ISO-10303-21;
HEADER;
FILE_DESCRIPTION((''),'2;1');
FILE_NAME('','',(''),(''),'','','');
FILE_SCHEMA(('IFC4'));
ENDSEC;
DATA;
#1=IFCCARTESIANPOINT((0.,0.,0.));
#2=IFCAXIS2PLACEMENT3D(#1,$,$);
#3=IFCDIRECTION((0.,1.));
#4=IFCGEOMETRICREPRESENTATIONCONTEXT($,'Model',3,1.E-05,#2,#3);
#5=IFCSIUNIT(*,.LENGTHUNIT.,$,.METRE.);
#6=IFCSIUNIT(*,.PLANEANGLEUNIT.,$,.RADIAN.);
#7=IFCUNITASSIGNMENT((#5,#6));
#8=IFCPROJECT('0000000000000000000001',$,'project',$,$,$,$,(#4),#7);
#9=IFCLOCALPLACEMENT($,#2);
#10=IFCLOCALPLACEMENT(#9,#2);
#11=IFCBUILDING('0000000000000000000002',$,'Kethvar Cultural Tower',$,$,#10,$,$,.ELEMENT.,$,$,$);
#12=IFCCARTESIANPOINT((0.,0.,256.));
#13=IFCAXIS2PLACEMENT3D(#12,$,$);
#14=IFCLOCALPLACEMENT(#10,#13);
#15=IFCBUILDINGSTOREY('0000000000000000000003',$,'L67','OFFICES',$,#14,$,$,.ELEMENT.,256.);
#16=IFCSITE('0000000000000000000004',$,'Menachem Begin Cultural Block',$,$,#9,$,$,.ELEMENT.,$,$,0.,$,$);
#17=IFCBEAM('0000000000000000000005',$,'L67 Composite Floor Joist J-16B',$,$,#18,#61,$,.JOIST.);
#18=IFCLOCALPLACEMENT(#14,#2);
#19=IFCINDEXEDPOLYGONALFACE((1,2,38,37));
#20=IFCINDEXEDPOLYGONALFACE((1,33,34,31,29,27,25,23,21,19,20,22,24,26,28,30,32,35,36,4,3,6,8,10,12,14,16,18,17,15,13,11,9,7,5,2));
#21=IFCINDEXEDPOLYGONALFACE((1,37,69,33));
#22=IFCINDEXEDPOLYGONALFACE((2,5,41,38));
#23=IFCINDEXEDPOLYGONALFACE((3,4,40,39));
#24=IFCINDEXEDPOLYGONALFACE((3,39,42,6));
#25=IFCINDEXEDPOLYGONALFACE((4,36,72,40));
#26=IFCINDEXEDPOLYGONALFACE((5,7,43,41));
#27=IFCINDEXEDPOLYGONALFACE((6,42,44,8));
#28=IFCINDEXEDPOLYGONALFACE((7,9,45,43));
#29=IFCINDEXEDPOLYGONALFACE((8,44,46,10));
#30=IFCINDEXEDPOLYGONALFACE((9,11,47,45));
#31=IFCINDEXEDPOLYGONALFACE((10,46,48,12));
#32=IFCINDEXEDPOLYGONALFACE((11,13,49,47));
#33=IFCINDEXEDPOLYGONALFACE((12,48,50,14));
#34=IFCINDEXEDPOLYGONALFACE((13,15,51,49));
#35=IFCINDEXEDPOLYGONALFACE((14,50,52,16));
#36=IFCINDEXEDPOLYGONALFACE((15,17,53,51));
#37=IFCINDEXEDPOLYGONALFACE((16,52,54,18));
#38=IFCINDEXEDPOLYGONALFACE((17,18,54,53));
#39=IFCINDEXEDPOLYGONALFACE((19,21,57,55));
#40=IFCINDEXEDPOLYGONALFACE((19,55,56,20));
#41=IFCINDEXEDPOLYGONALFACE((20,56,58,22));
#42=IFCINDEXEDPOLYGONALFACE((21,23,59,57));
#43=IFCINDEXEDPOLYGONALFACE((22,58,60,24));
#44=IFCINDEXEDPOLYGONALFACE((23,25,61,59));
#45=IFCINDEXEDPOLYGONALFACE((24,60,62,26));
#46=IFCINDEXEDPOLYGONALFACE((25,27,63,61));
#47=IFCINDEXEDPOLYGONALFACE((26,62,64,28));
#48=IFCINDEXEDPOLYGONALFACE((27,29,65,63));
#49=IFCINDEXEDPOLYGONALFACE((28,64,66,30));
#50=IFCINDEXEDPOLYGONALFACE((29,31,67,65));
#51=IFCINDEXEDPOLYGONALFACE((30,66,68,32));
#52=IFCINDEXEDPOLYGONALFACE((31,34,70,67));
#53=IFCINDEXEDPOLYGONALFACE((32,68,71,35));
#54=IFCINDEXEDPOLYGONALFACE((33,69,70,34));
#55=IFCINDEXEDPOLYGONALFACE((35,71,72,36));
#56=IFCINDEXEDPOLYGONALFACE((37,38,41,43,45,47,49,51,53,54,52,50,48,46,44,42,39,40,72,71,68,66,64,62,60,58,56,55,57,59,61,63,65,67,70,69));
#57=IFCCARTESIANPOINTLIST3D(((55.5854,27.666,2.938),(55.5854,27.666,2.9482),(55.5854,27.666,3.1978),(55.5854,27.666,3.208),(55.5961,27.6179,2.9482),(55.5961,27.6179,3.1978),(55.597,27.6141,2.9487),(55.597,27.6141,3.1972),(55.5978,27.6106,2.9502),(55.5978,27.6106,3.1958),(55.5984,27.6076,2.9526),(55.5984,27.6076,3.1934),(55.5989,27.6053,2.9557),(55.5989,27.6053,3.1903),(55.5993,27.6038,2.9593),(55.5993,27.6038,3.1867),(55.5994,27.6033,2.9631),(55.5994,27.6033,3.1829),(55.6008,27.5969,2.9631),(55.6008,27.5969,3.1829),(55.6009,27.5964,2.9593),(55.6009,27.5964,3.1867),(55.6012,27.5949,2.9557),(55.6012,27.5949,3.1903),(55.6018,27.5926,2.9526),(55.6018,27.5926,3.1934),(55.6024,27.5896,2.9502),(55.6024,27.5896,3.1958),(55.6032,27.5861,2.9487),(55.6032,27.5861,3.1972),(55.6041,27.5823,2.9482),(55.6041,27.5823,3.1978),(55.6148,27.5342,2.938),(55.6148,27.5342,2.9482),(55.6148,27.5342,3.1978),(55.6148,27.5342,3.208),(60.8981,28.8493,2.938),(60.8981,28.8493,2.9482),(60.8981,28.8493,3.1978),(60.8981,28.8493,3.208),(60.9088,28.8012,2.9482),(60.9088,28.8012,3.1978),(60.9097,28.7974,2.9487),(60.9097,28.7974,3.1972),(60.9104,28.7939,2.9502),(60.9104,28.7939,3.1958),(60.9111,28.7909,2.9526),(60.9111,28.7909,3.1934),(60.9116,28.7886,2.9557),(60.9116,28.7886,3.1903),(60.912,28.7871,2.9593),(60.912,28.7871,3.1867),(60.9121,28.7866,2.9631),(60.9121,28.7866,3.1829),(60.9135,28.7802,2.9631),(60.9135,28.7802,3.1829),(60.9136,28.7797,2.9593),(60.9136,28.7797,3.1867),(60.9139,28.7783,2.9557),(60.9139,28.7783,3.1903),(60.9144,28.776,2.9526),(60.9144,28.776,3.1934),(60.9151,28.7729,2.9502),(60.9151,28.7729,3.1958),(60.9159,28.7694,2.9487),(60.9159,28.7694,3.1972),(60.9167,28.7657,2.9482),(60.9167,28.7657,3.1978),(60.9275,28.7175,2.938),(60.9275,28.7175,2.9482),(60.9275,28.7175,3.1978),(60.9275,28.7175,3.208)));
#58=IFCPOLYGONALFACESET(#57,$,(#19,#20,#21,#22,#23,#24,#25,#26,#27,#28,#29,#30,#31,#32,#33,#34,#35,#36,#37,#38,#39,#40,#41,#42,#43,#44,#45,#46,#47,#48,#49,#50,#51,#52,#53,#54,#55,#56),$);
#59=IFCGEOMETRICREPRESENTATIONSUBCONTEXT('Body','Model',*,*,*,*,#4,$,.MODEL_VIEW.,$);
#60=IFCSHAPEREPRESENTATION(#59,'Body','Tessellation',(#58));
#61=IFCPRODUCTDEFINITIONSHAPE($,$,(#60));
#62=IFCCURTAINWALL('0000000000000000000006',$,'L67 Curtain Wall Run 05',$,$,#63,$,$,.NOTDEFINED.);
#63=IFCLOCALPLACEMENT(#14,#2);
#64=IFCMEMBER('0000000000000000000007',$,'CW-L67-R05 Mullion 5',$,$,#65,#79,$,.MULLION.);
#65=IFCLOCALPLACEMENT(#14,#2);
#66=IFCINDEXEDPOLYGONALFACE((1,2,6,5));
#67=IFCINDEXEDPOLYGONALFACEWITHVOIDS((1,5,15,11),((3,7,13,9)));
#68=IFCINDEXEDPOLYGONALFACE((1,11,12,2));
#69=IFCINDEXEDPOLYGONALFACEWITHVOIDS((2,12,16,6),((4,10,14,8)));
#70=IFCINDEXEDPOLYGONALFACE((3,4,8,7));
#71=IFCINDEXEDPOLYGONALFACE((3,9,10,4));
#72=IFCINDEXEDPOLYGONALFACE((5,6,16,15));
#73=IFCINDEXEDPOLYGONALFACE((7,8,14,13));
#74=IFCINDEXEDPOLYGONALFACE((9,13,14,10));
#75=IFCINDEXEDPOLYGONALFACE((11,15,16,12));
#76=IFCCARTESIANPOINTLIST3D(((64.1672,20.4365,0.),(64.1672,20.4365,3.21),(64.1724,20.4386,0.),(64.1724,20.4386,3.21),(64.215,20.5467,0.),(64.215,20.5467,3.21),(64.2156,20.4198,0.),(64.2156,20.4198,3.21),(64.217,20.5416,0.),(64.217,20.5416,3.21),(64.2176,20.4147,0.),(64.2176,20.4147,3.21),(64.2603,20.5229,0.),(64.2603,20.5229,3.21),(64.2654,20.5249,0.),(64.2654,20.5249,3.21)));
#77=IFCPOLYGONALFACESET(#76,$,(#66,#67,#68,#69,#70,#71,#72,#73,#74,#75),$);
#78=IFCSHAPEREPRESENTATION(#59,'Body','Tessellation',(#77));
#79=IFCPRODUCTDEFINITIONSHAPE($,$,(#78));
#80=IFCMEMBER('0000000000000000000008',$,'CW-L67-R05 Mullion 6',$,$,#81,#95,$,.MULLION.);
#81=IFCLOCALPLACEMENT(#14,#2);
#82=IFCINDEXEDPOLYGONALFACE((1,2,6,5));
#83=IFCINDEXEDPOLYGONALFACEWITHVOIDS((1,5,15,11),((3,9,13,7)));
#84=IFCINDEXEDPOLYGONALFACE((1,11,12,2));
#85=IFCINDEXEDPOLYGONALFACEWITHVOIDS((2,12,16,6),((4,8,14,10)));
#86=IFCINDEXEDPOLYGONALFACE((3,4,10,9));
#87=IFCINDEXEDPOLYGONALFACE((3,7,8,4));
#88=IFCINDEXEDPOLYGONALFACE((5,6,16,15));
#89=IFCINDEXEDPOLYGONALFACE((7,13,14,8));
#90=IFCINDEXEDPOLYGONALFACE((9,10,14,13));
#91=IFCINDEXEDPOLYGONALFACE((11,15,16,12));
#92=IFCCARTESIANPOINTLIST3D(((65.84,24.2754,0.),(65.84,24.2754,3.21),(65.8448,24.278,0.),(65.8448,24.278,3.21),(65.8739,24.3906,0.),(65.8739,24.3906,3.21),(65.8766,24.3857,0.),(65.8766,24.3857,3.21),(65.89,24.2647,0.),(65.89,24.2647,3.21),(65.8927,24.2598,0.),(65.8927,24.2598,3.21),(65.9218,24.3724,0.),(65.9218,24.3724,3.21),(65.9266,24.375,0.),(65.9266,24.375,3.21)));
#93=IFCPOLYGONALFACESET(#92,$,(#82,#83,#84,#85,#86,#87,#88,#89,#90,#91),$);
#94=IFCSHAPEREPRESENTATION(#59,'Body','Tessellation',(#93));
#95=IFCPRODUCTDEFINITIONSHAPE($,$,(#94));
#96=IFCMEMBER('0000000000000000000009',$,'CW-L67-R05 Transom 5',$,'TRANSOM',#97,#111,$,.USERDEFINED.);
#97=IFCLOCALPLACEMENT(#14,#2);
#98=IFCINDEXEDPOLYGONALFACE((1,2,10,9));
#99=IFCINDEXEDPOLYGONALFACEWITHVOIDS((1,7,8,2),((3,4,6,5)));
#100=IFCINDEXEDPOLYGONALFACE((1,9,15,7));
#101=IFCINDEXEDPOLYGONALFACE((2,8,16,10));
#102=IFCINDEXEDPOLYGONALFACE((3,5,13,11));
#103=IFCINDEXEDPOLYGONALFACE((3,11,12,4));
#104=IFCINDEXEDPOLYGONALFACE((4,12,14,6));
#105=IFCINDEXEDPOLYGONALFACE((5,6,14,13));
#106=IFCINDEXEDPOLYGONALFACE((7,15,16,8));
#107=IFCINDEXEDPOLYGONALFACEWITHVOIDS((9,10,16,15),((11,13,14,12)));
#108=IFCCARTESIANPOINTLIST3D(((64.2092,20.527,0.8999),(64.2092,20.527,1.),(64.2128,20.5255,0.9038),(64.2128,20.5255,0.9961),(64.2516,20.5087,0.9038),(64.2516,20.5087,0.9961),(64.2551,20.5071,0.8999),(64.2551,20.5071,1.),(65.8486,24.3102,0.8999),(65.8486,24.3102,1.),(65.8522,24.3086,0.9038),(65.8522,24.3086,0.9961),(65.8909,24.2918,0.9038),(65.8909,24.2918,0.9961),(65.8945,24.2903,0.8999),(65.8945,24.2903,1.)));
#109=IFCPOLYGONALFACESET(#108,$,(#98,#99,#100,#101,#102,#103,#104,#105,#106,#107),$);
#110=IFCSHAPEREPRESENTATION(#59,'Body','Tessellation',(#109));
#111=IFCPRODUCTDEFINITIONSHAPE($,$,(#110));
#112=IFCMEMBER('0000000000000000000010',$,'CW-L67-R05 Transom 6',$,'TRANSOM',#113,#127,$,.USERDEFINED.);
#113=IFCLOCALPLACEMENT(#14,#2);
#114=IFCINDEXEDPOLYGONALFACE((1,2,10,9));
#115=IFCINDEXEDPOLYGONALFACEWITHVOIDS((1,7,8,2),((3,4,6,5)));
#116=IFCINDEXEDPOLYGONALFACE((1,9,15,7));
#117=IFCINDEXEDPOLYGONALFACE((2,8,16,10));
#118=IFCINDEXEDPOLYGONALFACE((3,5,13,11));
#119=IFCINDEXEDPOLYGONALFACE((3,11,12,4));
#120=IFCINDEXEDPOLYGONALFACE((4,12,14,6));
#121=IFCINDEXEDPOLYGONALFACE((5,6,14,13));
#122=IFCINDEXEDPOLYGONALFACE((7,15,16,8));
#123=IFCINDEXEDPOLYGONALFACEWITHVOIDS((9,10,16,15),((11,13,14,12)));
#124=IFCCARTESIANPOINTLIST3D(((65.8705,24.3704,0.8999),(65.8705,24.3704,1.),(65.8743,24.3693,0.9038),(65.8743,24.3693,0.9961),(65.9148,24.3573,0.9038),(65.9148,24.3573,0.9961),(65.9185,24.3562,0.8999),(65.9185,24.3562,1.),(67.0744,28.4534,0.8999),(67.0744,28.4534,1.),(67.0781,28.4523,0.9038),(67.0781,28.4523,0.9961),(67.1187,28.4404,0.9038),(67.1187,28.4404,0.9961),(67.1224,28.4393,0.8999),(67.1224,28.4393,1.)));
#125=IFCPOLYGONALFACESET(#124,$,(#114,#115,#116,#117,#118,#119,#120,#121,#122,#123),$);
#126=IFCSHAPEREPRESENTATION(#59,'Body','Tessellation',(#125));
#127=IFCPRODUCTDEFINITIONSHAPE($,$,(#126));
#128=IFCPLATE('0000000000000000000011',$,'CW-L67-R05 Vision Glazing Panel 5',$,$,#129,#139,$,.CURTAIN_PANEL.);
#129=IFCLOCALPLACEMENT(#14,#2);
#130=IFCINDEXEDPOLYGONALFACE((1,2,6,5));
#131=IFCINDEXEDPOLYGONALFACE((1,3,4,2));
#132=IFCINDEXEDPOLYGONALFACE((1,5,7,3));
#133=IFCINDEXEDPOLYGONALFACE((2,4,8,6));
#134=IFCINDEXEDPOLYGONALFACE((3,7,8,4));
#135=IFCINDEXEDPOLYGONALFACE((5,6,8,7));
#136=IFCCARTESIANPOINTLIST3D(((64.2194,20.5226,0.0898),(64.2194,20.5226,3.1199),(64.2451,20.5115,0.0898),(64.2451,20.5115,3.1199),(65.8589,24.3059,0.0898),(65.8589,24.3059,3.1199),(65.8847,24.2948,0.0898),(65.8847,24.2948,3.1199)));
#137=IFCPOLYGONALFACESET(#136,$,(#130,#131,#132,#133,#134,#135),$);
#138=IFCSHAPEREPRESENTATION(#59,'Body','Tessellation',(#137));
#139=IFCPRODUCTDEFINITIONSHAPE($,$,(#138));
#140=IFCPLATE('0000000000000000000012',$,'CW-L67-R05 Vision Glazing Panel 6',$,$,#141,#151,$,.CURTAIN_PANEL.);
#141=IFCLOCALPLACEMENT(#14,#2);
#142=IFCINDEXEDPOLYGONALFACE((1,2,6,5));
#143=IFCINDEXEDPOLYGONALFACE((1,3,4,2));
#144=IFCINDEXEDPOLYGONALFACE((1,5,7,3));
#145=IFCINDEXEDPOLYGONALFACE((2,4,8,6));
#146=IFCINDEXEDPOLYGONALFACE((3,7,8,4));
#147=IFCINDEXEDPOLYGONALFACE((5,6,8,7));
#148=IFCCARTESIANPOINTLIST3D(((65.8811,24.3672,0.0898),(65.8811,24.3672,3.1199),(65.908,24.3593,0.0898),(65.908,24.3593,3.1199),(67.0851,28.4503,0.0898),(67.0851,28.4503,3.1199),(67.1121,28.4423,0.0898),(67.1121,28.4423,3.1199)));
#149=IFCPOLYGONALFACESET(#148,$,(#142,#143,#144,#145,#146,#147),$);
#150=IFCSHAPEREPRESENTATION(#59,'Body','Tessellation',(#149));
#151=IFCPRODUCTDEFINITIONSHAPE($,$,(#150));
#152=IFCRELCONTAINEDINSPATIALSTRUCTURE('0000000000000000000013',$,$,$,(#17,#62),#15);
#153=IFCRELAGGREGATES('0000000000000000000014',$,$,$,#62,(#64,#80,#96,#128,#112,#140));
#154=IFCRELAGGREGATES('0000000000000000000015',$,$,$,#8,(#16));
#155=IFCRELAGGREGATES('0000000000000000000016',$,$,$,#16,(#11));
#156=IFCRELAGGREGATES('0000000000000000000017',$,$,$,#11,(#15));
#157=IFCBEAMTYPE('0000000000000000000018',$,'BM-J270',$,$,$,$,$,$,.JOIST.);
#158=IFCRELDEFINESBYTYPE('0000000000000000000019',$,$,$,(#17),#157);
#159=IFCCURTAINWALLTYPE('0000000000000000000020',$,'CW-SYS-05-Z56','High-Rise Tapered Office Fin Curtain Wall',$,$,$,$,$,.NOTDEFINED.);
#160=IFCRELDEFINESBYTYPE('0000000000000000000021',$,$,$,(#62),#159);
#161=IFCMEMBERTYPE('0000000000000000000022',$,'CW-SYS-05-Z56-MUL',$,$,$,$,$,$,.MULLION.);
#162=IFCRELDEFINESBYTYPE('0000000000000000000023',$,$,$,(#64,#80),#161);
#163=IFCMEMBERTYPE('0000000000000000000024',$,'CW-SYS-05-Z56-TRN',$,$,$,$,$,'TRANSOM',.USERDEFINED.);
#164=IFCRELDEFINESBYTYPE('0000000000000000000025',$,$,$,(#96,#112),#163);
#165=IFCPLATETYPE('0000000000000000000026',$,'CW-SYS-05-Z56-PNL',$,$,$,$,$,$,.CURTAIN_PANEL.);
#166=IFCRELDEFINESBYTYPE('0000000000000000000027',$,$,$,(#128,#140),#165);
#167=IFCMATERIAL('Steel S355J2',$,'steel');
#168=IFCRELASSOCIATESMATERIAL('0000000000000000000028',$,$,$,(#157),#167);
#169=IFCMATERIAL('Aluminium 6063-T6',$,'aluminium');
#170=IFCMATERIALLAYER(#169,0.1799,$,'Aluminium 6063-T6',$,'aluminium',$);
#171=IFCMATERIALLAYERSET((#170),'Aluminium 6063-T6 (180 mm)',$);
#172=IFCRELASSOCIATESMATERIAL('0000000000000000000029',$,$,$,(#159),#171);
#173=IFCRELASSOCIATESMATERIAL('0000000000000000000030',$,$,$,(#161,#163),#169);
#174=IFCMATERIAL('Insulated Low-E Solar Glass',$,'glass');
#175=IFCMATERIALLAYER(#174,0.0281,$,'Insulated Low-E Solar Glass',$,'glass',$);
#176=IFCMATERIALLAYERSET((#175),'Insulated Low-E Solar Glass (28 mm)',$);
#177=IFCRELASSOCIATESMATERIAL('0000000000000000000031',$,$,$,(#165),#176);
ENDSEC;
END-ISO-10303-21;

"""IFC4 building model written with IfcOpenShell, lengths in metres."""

from ifc_helpers import new_model, si_unit, direction, frame, origin, origin_2d, place, context, subcontext, project, spatial, rectangle, hollow_rectangle, i_section, extrude, source, transform, mapped, material, layer, layer_set, material_profile, profile_set, type_object, element, aggregate, save


model = new_model("IFC4")

# Units and contexts
model_context = context("Model", 3, precision=1e-05, world=origin(), true_north=direction((0.0, 1.0)))
body_context = subcontext(model_context, "Body", "Model", "MODEL_VIEW")
ifc_project = project(units=[si_unit("LENGTHUNIT", "METRE"), si_unit("PLANEANGLEUNIT", "RADIAN")], contexts=[model_context])

# Site, building, storey
site_placement = place(None, origin())
site = spatial("IfcSite", under=ifc_project, at=site_placement, Name="Menachem Begin Cultural Block", CompositionType="ELEMENT", RefElevation=0.0)
building_placement = place(site_placement, origin())
building = spatial("IfcBuilding", under=site, at=building_placement, Name="Kethvar Cultural Tower", CompositionType="ELEMENT")
storey_placement = place(building_placement, frame((0.0, 0.0, 256.0)))
storey = spatial("IfcBuildingStorey", under=building, at=storey_placement, Name="L67", Description="OFFICES", CompositionType="ELEMENT", Elevation=256.0)

# Beam
ifc_material_1 = material(Name="Steel S355J2", Category="steel")
ifc_material_profile_1 = material_profile(ifc_material_1, i_section(OverallWidth=0.135, OverallDepth=0.27, WebThickness=0.0066, FlangeThickness=0.0103, FilletRadius=0.0149, at=origin_2d()), Name="Steel S355J2 — IPE270")
ifc_profile_set_1 = profile_set([ifc_material_profile_1], Name="Steel S355J2 — IPE270")
beam_type_1 = type_object("IfcBeamType", Name="BM-J270", PredefinedType="JOIST", material=ifc_profile_set_1)
shared_shape_1 = source(origin(), body_context, "Body", "SweptSolid", [
    extrude(i_section(OverallWidth=0.135, OverallDepth=0.27, WebThickness=0.0066, FlangeThickness=0.0103, FilletRadius=0.0149, at=origin_2d()), origin(), (0.0, 0.0, 1.0), 5.4429),
])
beam_1_placement = place(storey_placement, frame((55.6001, 27.6001, 3.073), z_axis=(0.97608, 0.21741, 0.0), x_axis=(-0.21741, 0.97608, 0.0)))
element("IfcBeam", 1, at=beam_1_placement, inside=storey, type_object=beam_type_1, Name="L67 Composite Floor Joist J-16B", PredefinedType="JOIST", context=body_context, shape_type="MappedRepresentation", body=[
    mapped(shared_shape_1, transform((0.0, 0.0, 0.0), scale=1.0)),
])

# Curtain wall, members, plates
ifc_material_2 = material(Name="Aluminium 6063-T6", Category="aluminium")
ifc_layer_1 = layer(ifc_material_2, 0.1799, Name="Aluminium 6063-T6", Category="aluminium")
ifc_layer_set_1 = layer_set([ifc_layer_1], Name="Aluminium 6063-T6 (180 mm)")
curtain_wall_type = type_object("IfcCurtainWallType", Name="CW-SYS-05-Z56", Description="High-Rise Tapered Office Fin Curtain Wall", PredefinedType="NOTDEFINED", material=ifc_layer_set_1)
curtain_wall_placement = place(storey_placement, origin())
curtain_wall = element("IfcCurtainWall", 2, at=curtain_wall_placement, inside=storey, type_object=curtain_wall_type, Name="L67 Curtain Wall Run 05", PredefinedType="NOTDEFINED")
ifc_material_profile_2 = material_profile(ifc_material_2, hollow_rectangle(XDim=0.0549, YDim=0.1201, WallThickness=0.0039, at=origin_2d()), Name="Aluminium 6063-T6 — RHS120x55x4")
ifc_profile_set_2 = profile_set([ifc_material_profile_2], Name="Aluminium 6063-T6 — RHS120x55x4")
member_type_1 = type_object("IfcMemberType", Name="CW-SYS-05-Z56-MUL", PredefinedType="MULLION", material=ifc_profile_set_2)
shared_shape_2 = source(origin(), body_context, "Body", "SweptSolid", [
    extrude(hollow_rectangle(XDim=0.0549, YDim=0.1201, WallThickness=0.0039, at=origin_2d()), origin(), (0.0, 0.0, 1.0), 3.21),
])
member_1_placement = place(storey_placement, frame((64.2163, 20.4807, 0.0), z_axis=(0.0, 0.0, 1.0), x_axis=(-0.917547, 0.397628, 0.0)))
member_1 = element("IfcMember", 3, at=member_1_placement, type_object=member_type_1, Name="CW-L67-R05 Mullion 5", PredefinedType="MULLION", context=body_context, shape_type="MappedRepresentation", body=[
    mapped(shared_shape_2, transform((0.0, 0.0, 0.0), scale=1.0)),
])
member_2_placement = place(storey_placement, frame((65.8833, 24.3252, 0.0), z_axis=(0.0, 0.0, 1.0), x_axis=(-0.959166, 0.282844, 0.0)))
member_2 = element("IfcMember", 4, at=member_2_placement, type_object=member_type_1, Name="CW-L67-R05 Mullion 6", PredefinedType="MULLION", context=body_context, shape_type="MappedRepresentation", body=[
    mapped(shared_shape_2, transform((0.0, 0.0, 0.0), scale=1.0)),
])
ifc_material_profile_3 = material_profile(ifc_material_2, hollow_rectangle(XDim=0.05, YDim=0.1001, WallThickness=0.0039, at=origin_2d()), Name="Aluminium 6063-T6 — RHS100x50x4")
ifc_profile_set_3 = profile_set([ifc_material_profile_3], Name="Aluminium 6063-T6 — RHS100x50x4")
member_type_2 = type_object("IfcMemberType", Name="CW-SYS-05-Z56-TRN", ElementType="TRANSOM", PredefinedType="USERDEFINED", material=ifc_profile_set_3)
shared_shape_3 = source(origin(), body_context, "Body", "SweptSolid", [
    extrude(hollow_rectangle(XDim=0.05, YDim=0.1001, WallThickness=0.0039, at=origin_2d()), origin(), (0.0, 0.0, 1.0), 4.123),
])
member_3_placement = place(storey_placement, frame((64.2322, 20.5171, 0.95), z_axis=(0.397611, 0.917554, 0.0), x_axis=(-0.917554, 0.397611, 0.0)))
member_3 = element("IfcMember", 5, at=member_3_placement, type_object=member_type_2, Name="CW-L67-R05 Transom 5", ObjectType="TRANSOM", PredefinedType="USERDEFINED", context=body_context, shape_type="MappedRepresentation", body=[
    mapped(shared_shape_3, transform((0.0, 0.0, 0.0), scale=1.0)),
])
shared_shape_4 = source(origin(), body_context, "Body", "SweptSolid", [
    extrude(hollow_rectangle(XDim=0.05, YDim=0.1001, WallThickness=0.0039, at=origin_2d()), origin(), (0.0, 0.0, 1.0), 4.2568),
])
member_4_placement = place(storey_placement, frame((65.8945, 24.3633, 0.95), z_axis=(0.282809, 0.959176, 0.0), x_axis=(-0.959176, 0.282809, 0.0)))
member_4 = element("IfcMember", 6, at=member_4_placement, type_object=member_type_2, Name="CW-L67-R05 Transom 6", ObjectType="TRANSOM", PredefinedType="USERDEFINED", context=body_context, shape_type="MappedRepresentation", body=[
    mapped(shared_shape_4, transform((0.0, 0.0, 0.0), scale=1.0)),
])
ifc_material_3 = material(Name="Insulated Low-E Solar Glass", Category="glass")
ifc_layer_2 = layer(ifc_material_3, 0.0281, Name="Insulated Low-E Solar Glass", Category="glass")
ifc_layer_set_2 = layer_set([ifc_layer_2], Name="Insulated Low-E Solar Glass (28 mm)")
plate_type = type_object("IfcPlateType", Name="CW-SYS-05-Z56-PNL", PredefinedType="CURTAIN_PANEL", material=ifc_layer_set_2)
shared_shape_5 = source(origin(), body_context, "Body", "SweptSolid", [
    extrude(rectangle(XDim=4.1233, YDim=0.0281, at=origin_2d()), origin(), (0.0, 0.0, 1.0), 3.03),
])
plate_1_placement = place(storey_placement, frame((65.052, 22.4087, 0.0898), z_axis=(0.0, 0.0, 1.0), x_axis=(0.397628, 0.917547, 0.0)))
plate_1 = element("IfcPlate", 7, at=plate_1_placement, type_object=plate_type, Name="CW-L67-R05 Vision Glazing Panel 5", PredefinedType="CURTAIN_PANEL", context=body_context, shape_type="MappedRepresentation", body=[
    mapped(shared_shape_5, transform((0.0, 0.0, 0.0), scale=1.0)),
])
shared_shape_6 = source(origin(), body_context, "Body", "SweptSolid", [
    extrude(rectangle(XDim=4.2568, YDim=0.0281, at=origin_2d()), origin(), (0.0, 0.0, 1.0), 3.03),
])
plate_2_placement = place(storey_placement, frame((66.4966, 26.4048, 0.0898), z_axis=(0.0, 0.0, 1.0), x_axis=(0.282844, 0.959166, 0.0)))
plate_2 = element("IfcPlate", 8, at=plate_2_placement, type_object=plate_type, Name="CW-L67-R05 Vision Glazing Panel 6", PredefinedType="CURTAIN_PANEL", context=body_context, shape_type="MappedRepresentation", body=[
    mapped(shared_shape_6, transform((0.0, 0.0, 0.0), scale=1.0)),
])
aggregate(curtain_wall, [member_1, member_2, member_3, plate_1, member_4, plate_2])

save(model, "model.ifc")
